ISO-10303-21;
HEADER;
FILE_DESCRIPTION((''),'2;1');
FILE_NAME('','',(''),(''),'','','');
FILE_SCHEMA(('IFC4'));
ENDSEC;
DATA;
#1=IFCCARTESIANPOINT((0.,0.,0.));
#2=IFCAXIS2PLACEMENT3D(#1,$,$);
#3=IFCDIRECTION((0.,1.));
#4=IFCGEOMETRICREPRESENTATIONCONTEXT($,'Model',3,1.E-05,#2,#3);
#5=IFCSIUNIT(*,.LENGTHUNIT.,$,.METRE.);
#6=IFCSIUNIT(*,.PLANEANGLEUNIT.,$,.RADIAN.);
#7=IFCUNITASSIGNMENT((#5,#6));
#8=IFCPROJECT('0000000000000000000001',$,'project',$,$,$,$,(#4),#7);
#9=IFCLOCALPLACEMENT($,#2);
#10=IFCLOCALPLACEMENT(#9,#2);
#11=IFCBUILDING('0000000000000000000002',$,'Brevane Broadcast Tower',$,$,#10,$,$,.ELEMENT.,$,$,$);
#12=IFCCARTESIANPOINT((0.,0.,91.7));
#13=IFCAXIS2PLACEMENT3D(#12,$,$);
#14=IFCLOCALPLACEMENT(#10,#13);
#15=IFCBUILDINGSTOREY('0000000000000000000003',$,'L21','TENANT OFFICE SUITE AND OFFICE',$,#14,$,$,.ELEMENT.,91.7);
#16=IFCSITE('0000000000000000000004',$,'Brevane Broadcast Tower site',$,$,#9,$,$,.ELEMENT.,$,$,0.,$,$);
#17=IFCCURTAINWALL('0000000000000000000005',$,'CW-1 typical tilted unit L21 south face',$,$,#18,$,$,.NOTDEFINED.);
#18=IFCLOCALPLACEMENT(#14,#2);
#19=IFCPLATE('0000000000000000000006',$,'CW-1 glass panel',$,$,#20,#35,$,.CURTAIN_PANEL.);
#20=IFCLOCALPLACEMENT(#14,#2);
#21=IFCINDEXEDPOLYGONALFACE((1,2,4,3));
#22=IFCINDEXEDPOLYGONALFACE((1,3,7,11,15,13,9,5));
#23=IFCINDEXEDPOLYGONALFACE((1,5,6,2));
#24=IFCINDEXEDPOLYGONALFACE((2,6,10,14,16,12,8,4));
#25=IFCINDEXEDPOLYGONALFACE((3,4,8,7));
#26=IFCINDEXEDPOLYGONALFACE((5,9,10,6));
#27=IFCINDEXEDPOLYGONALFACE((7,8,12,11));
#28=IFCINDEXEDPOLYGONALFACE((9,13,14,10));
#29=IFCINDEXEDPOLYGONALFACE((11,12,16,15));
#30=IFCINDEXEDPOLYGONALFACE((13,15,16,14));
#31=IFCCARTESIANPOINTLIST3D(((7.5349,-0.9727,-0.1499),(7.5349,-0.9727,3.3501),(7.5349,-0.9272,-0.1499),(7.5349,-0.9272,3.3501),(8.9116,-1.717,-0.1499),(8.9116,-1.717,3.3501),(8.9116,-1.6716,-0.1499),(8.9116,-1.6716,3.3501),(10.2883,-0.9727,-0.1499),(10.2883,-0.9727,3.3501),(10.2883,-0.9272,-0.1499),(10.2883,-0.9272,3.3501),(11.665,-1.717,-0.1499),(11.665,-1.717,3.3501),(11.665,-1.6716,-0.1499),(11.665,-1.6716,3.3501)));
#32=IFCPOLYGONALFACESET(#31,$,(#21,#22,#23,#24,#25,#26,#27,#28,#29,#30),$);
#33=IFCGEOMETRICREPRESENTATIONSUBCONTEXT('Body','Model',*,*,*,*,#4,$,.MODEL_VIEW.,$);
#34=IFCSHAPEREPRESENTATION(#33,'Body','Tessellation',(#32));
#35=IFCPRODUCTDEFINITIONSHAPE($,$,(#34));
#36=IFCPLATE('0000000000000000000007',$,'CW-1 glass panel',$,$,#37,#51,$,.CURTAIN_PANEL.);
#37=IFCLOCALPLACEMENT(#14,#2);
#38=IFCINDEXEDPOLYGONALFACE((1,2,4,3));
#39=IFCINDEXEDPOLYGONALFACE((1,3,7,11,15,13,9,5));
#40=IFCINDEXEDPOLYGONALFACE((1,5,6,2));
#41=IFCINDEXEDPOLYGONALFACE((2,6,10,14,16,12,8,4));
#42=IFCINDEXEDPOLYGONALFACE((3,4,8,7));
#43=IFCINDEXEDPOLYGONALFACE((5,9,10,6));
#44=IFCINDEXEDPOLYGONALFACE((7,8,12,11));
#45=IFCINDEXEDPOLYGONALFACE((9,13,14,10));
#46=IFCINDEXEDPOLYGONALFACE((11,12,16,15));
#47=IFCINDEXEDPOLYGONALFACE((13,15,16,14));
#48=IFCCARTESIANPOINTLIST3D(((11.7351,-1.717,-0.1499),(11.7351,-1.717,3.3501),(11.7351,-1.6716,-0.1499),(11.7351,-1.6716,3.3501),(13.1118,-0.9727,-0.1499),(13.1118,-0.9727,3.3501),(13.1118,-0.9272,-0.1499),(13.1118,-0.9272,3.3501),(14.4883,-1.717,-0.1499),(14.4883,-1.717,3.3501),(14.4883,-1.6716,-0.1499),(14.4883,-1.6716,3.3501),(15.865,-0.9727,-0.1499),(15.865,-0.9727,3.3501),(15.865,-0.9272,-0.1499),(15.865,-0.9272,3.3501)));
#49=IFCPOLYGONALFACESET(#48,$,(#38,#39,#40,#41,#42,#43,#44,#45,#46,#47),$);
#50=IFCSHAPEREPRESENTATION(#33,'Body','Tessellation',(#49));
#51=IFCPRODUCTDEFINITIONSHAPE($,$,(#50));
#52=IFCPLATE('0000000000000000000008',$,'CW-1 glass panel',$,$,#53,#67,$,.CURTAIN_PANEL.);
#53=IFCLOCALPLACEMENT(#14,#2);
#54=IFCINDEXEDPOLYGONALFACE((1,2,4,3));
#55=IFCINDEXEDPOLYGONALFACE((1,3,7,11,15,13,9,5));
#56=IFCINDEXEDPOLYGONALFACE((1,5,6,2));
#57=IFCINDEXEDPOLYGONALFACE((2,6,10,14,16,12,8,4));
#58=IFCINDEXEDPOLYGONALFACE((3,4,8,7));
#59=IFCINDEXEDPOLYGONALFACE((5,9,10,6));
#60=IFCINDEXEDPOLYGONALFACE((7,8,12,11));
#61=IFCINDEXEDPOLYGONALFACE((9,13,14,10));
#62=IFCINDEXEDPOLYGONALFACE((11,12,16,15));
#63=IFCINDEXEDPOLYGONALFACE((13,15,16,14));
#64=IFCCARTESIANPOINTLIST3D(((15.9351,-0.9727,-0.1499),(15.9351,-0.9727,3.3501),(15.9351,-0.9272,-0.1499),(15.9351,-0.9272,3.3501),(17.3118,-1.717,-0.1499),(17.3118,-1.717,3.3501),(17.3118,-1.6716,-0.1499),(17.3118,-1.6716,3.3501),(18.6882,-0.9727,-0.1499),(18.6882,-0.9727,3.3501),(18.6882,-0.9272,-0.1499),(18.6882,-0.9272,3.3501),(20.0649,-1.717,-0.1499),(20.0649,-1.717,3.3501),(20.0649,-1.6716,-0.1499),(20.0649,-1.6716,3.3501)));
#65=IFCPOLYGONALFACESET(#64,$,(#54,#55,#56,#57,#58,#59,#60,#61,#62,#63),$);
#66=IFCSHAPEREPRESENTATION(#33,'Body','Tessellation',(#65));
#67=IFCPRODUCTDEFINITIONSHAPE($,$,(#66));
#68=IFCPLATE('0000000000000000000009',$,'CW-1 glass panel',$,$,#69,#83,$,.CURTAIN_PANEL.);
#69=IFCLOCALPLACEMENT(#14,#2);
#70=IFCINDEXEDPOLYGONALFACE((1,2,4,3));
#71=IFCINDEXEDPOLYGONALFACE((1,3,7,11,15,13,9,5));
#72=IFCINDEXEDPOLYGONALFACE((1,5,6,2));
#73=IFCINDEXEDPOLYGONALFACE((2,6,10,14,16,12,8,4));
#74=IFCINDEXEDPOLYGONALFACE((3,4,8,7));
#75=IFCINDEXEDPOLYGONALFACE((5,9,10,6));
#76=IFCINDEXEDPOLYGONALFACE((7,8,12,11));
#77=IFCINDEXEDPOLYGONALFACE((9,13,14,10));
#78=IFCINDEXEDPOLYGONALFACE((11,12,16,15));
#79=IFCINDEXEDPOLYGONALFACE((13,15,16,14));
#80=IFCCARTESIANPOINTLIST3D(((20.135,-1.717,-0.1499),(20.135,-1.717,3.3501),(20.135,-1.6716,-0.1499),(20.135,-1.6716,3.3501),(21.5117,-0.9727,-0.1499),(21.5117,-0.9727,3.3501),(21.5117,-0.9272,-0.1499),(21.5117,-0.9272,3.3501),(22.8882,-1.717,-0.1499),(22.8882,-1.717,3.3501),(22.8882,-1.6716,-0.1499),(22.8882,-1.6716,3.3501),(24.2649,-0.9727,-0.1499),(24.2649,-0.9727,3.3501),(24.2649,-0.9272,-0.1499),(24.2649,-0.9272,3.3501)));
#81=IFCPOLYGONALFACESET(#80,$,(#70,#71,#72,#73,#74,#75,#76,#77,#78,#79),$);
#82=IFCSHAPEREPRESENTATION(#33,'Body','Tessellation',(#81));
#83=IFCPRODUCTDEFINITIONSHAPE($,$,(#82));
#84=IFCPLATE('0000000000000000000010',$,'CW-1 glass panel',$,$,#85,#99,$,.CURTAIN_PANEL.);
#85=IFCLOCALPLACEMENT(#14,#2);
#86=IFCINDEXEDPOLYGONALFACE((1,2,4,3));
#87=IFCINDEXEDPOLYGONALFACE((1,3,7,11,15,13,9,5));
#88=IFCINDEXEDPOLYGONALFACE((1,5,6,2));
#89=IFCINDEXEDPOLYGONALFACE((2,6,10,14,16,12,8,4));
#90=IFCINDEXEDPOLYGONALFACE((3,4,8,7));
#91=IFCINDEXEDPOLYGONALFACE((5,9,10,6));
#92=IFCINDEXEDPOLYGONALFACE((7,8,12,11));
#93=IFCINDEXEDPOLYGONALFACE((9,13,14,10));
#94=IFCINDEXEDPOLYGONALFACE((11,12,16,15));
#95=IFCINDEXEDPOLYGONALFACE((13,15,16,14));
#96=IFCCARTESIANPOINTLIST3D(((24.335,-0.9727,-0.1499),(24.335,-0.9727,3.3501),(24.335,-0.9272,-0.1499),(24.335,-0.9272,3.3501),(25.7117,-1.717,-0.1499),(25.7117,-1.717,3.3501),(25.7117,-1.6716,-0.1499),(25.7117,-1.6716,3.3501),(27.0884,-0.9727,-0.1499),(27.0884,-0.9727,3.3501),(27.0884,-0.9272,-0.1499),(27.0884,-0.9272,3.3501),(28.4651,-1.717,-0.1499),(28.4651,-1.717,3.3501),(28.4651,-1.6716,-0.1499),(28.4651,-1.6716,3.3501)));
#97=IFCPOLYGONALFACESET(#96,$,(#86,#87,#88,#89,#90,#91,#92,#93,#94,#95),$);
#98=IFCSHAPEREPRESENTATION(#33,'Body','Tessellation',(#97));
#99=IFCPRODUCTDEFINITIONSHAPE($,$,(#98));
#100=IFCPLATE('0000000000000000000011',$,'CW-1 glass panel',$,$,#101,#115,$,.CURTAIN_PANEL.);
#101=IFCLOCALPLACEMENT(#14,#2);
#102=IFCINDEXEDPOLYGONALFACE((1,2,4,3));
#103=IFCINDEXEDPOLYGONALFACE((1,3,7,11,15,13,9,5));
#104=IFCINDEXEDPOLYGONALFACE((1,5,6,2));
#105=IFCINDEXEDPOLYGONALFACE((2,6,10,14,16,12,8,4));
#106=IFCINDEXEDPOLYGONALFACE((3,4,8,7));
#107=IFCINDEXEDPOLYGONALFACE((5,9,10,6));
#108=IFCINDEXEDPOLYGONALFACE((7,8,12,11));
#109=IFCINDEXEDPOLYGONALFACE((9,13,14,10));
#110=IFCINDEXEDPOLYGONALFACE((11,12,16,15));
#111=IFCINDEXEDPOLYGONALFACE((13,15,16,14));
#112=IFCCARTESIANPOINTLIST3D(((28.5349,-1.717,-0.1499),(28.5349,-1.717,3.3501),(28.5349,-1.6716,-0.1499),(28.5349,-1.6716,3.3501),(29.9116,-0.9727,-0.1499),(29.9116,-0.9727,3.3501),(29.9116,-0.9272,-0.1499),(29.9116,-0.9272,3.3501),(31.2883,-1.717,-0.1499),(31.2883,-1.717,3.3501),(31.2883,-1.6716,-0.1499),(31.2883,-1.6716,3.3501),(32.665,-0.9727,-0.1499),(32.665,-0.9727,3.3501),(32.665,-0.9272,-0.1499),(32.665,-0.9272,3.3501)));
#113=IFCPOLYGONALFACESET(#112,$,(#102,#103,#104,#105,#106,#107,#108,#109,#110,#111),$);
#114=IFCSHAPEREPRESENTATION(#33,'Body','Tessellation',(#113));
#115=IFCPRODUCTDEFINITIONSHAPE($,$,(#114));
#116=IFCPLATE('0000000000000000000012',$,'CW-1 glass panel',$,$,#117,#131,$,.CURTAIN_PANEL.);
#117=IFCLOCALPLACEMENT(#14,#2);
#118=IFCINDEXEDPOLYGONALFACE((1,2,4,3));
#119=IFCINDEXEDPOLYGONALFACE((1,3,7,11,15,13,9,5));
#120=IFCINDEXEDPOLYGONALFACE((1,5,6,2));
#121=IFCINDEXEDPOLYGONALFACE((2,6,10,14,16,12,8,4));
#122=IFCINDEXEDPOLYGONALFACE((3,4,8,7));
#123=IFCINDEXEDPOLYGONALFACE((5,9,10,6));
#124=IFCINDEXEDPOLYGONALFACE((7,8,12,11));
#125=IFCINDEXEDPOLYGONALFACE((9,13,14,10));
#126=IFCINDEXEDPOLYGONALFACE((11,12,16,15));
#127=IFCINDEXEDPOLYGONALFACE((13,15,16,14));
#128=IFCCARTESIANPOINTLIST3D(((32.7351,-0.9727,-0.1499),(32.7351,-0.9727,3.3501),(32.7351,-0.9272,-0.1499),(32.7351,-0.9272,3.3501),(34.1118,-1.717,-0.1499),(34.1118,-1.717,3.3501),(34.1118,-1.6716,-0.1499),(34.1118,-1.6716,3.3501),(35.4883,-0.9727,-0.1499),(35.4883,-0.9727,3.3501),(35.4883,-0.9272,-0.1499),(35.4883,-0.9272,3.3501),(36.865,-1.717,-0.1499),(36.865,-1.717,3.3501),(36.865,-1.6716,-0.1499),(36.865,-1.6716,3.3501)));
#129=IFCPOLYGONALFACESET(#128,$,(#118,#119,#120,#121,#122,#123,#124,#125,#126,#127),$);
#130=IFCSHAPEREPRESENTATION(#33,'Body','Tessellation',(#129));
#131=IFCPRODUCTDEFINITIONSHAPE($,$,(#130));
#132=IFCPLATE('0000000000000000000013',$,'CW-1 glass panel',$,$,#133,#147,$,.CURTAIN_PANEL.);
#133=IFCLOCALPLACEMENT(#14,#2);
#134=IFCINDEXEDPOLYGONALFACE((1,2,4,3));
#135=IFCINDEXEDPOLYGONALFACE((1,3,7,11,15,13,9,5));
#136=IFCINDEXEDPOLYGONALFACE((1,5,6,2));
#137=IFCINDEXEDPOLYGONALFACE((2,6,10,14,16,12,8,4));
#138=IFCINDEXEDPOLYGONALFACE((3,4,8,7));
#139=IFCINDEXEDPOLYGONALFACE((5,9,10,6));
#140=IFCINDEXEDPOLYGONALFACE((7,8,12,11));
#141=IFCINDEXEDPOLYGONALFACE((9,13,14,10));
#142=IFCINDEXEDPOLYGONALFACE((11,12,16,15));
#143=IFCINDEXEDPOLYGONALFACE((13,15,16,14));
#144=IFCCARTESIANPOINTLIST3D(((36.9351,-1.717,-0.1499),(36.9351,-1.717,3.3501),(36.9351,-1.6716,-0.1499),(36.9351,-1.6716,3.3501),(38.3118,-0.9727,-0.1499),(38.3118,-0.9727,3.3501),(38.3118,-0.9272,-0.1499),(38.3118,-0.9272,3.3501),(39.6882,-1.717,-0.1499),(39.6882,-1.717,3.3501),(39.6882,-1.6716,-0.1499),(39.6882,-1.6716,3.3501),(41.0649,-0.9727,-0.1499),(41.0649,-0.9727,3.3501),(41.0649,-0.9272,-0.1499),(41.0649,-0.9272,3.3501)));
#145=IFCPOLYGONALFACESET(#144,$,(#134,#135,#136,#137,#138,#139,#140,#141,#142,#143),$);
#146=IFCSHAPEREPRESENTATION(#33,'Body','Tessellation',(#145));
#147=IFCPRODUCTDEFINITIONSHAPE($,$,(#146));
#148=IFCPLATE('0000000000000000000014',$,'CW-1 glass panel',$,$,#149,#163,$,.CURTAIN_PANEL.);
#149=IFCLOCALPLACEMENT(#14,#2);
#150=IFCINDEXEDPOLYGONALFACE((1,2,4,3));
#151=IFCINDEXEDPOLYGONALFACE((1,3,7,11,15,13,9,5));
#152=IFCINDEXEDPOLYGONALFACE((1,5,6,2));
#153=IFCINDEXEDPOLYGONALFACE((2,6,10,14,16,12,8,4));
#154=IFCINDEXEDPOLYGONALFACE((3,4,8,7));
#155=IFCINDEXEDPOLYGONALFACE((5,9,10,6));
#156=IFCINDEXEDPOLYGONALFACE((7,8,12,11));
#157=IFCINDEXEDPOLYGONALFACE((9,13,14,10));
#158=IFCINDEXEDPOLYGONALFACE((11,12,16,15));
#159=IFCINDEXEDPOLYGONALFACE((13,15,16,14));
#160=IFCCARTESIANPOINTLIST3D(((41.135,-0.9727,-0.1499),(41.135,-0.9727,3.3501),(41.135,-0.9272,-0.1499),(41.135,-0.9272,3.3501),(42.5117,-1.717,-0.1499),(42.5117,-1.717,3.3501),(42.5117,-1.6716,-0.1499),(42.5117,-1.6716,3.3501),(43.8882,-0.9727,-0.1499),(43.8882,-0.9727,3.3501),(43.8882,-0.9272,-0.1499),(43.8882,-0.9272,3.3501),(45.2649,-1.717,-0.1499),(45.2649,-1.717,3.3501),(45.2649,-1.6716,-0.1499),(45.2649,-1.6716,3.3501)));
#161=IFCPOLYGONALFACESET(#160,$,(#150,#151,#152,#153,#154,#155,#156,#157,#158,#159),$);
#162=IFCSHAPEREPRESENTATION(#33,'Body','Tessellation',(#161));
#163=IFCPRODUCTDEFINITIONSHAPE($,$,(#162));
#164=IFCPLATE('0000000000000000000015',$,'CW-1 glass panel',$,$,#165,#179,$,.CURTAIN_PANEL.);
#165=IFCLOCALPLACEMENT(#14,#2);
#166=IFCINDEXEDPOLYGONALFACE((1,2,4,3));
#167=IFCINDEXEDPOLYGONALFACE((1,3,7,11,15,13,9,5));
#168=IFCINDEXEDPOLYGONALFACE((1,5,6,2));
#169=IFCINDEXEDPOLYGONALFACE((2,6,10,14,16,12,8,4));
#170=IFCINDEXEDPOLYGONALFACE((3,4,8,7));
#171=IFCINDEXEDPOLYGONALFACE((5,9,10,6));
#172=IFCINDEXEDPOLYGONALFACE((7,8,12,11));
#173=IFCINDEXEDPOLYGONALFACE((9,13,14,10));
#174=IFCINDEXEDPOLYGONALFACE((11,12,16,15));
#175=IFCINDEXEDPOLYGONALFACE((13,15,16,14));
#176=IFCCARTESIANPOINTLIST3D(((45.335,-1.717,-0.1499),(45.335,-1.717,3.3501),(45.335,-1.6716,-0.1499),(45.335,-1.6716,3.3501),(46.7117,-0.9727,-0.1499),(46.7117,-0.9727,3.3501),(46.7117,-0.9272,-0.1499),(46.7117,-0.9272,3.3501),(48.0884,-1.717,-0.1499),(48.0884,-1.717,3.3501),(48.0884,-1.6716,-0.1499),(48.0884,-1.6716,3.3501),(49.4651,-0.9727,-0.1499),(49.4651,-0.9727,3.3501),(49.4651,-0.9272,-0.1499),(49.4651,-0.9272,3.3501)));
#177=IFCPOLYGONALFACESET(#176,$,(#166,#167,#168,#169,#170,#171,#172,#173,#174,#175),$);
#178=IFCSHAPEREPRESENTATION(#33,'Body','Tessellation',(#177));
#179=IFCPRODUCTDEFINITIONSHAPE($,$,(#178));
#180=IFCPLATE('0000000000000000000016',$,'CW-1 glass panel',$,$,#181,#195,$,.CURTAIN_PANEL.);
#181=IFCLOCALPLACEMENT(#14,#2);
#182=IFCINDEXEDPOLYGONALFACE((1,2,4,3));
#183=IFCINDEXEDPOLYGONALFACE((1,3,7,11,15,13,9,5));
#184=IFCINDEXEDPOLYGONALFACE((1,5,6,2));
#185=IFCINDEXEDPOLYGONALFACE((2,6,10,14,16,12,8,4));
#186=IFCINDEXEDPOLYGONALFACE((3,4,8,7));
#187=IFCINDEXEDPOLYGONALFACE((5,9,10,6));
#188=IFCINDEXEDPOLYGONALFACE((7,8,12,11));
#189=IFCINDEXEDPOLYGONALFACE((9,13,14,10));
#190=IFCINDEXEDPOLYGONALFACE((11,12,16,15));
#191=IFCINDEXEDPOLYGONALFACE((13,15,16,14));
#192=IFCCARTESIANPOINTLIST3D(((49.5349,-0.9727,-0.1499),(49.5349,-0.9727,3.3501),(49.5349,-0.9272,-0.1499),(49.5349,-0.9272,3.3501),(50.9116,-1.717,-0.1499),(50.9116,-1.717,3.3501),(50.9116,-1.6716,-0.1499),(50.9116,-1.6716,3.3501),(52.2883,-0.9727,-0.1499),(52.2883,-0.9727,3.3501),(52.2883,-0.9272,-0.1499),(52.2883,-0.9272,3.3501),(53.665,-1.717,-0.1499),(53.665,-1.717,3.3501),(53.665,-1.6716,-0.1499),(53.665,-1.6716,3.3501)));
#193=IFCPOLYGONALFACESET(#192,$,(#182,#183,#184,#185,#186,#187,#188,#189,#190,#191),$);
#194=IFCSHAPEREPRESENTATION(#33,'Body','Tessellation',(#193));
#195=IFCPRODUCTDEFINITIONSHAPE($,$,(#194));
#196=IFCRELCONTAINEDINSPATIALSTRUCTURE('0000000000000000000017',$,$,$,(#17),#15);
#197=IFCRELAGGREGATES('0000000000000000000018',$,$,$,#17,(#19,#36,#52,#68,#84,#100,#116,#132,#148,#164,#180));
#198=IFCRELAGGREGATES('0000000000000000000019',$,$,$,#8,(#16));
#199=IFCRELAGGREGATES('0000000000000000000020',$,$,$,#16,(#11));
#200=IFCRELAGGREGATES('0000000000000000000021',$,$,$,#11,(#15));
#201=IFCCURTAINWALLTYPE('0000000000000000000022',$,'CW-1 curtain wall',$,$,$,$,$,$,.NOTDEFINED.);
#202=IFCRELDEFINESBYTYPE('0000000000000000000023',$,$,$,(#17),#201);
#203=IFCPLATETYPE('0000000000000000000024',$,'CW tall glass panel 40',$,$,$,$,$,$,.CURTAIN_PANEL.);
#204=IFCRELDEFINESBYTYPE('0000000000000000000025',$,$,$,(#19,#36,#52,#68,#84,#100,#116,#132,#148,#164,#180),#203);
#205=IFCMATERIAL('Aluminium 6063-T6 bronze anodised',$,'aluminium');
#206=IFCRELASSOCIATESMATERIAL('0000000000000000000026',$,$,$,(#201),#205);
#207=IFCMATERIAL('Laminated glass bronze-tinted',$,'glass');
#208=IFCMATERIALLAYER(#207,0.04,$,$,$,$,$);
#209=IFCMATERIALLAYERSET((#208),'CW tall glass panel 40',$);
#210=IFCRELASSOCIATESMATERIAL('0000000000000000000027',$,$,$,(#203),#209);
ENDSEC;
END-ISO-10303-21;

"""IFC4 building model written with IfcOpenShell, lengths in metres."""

from ifc_helpers import new_model, si_unit, direction, frame, origin, place, context, subcontext, project, spatial, polyline, outline, extrude, material, layer, layer_set, type_object, element, aggregate, save


model = new_model("IFC4")

# Units and contexts
model_context = context("Model", 3, precision=1e-05, world=origin(), true_north=direction((0.0, 1.0)))
body_context = subcontext(model_context, "Body", "Model", "MODEL_VIEW")
ifc_project = project(units=[si_unit("LENGTHUNIT", "METRE"), si_unit("PLANEANGLEUNIT", "RADIAN")], contexts=[model_context])

# Site, building, storey
site_placement = place(None, origin())
site = spatial("IfcSite", under=ifc_project, at=site_placement, Name="Brevane Broadcast Tower site", CompositionType="ELEMENT", RefElevation=0.0)
building_placement = place(site_placement, origin())
building = spatial("IfcBuilding", under=site, at=building_placement, Name="Brevane Broadcast Tower", CompositionType="ELEMENT")
storey_placement = place(building_placement, frame((0.0, 0.0, 91.7)))
storey = spatial("IfcBuildingStorey", under=building, at=storey_placement, Name="L21", Description="TENANT OFFICE SUITE AND OFFICE", CompositionType="ELEMENT", Elevation=91.7)

# Curtain wall, plates
ifc_material_1 = material(Name="Aluminium 6063-T6 bronze anodised", Category="aluminium")
curtain_wall_type = type_object("IfcCurtainWallType", Name="CW-1 curtain wall", PredefinedType="NOTDEFINED", material=ifc_material_1)
curtain_wall_1_placement = place(storey_placement, origin())
curtain_wall_1 = element("IfcCurtainWall", 1, at=curtain_wall_1_placement, inside=storey, type_object=curtain_wall_type, Name="CW-1 typical tilted unit L21 south face", PredefinedType="NOTDEFINED")
ifc_material_2 = material(Name="Laminated glass bronze-tinted", Category="glass")
ifc_layer = layer(ifc_material_2, 0.04)
ifc_layer_set = layer_set([ifc_layer], Name="CW tall glass panel 40")
plate_type = type_object("IfcPlateType", Name="CW tall glass panel 40", PredefinedType="CURTAIN_PANEL", material=ifc_layer_set)
plate_1_placement = place(storey_placement, frame((0.0, 0.0, -0.1499)))
plate_1 = element("IfcPlate", 2, at=plate_1_placement, type_object=plate_type, Name="CW-1 glass panel", PredefinedType="CURTAIN_PANEL", context=body_context, shape_type="SweptSolid", body=[
    extrude(outline(polyline([(7.5349, -0.9272), (7.5349, -0.9727), (8.9116, -1.717), (10.2883, -0.9727), (11.665, -1.717), (11.665, -1.6716), (10.2883, -0.9272), (8.9116, -1.6716), (7.5349, -0.9272)])), origin(), (0.0, 0.0, 1.0), 3.5),
])
plate_2_placement = place(storey_placement, frame((0.0, 0.0, -0.1499)))
plate_2 = element("IfcPlate", 3, at=plate_2_placement, type_object=plate_type, Name="CW-1 glass panel", PredefinedType="CURTAIN_PANEL", context=body_context, shape_type="SweptSolid", body=[
    extrude(outline(polyline([(11.7351, -1.6716), (11.7351, -1.717), (13.1118, -0.9727), (14.4883, -1.717), (15.865, -0.9727), (15.865, -0.9272), (14.4883, -1.6716), (13.1118, -0.9272), (11.7351, -1.6716)])), origin(), (0.0, 0.0, 1.0), 3.5),
])
plate_3_placement = place(storey_placement, frame((0.0, 0.0, -0.1499)))
plate_3 = element("IfcPlate", 4, at=plate_3_placement, type_object=plate_type, Name="CW-1 glass panel", PredefinedType="CURTAIN_PANEL", context=body_context, shape_type="SweptSolid", body=[
    extrude(outline(polyline([(15.9351, -0.9272), (15.9351, -0.9727), (17.3118, -1.717), (18.6882, -0.9727), (20.0649, -1.717), (20.0649, -1.6716), (18.6882, -0.9272), (17.3118, -1.6716), (15.9351, -0.9272)])), origin(), (0.0, 0.0, 1.0), 3.5),
])
plate_4_placement = place(storey_placement, frame((0.0, 0.0, -0.1499)))
plate_4 = element("IfcPlate", 5, at=plate_4_placement, type_object=plate_type, Name="CW-1 glass panel", PredefinedType="CURTAIN_PANEL", context=body_context, shape_type="SweptSolid", body=[
    extrude(outline(polyline([(20.135, -1.6716), (20.135, -1.717), (21.5117, -0.9727), (22.8882, -1.717), (24.2649, -0.9727), (24.2649, -0.9272), (22.8882, -1.6716), (21.5117, -0.9272), (20.135, -1.6716)])), origin(), (0.0, 0.0, 1.0), 3.5),
])
plate_5_placement = place(storey_placement, frame((0.0, 0.0, -0.1499)))
plate_5 = element("IfcPlate", 6, at=plate_5_placement, type_object=plate_type, Name="CW-1 glass panel", PredefinedType="CURTAIN_PANEL", context=body_context, shape_type="SweptSolid", body=[
    extrude(outline(polyline([(24.335, -0.9272), (24.335, -0.9727), (25.7117, -1.717), (27.0884, -0.9727), (28.4651, -1.717), (28.4651, -1.6716), (27.0884, -0.9272), (25.7117, -1.6716), (24.335, -0.9272)])), origin(), (0.0, 0.0, 1.0), 3.5),
])
plate_6_placement = place(storey_placement, frame((0.0, 0.0, -0.1499)))
plate_6 = element("IfcPlate", 7, at=plate_6_placement, type_object=plate_type, Name="CW-1 glass panel", PredefinedType="CURTAIN_PANEL", context=body_context, shape_type="SweptSolid", body=[
    extrude(outline(polyline([(28.5349, -1.6716), (28.5349, -1.717), (29.9116, -0.9727), (31.2883, -1.717), (32.665, -0.9727), (32.665, -0.9272), (31.2883, -1.6716), (29.9116, -0.9272), (28.5349, -1.6716)])), origin(), (0.0, 0.0, 1.0), 3.5),
])
plate_7_placement = place(storey_placement, frame((0.0, 0.0, -0.1499)))
plate_7 = element("IfcPlate", 8, at=plate_7_placement, type_object=plate_type, Name="CW-1 glass panel", PredefinedType="CURTAIN_PANEL", context=body_context, shape_type="SweptSolid", body=[
    extrude(outline(polyline([(32.7351, -0.9272), (32.7351, -0.9727), (34.1118, -1.717), (35.4883, -0.9727), (36.865, -1.717), (36.865, -1.6716), (35.4883, -0.9272), (34.1118, -1.6716), (32.7351, -0.9272)])), origin(), (0.0, 0.0, 1.0), 3.5),
])
plate_8_placement = place(storey_placement, frame((0.0, 0.0, -0.1499)))
plate_8 = element("IfcPlate", 9, at=plate_8_placement, type_object=plate_type, Name="CW-1 glass panel", PredefinedType="CURTAIN_PANEL", context=body_context, shape_type="SweptSolid", body=[
    extrude(outline(polyline([(36.9351, -1.6716), (36.9351, -1.717), (38.3118, -0.9727), (39.6882, -1.717), (41.0649, -0.9727), (41.0649, -0.9272), (39.6882, -1.6716), (38.3118, -0.9272), (36.9351, -1.6716)])), origin(), (0.0, 0.0, 1.0), 3.5),
])
plate_9_placement = place(storey_placement, frame((0.0, 0.0, -0.1499)))
plate_9 = element("IfcPlate", 10, at=plate_9_placement, type_object=plate_type, Name="CW-1 glass panel", PredefinedType="CURTAIN_PANEL", context=body_context, shape_type="SweptSolid", body=[
    extrude(outline(polyline([(41.135, -0.9272), (41.135, -0.9727), (42.5117, -1.717), (43.8882, -0.9727), (45.2649, -1.717), (45.2649, -1.6716), (43.8882, -0.9272), (42.5117, -1.6716), (41.135, -0.9272)])), origin(), (0.0, 0.0, 1.0), 3.5),
])
plate_10_placement = place(storey_placement, frame((0.0, 0.0, -0.1499)))
plate_10 = element("IfcPlate", 11, at=plate_10_placement, type_object=plate_type, Name="CW-1 glass panel", PredefinedType="CURTAIN_PANEL", context=body_context, shape_type="SweptSolid", body=[
    extrude(outline(polyline([(45.335, -1.6716), (45.335, -1.717), (46.7117, -0.9727), (48.0884, -1.717), (49.4651, -0.9727), (49.4651, -0.9272), (48.0884, -1.6716), (46.7117, -0.9272), (45.335, -1.6716)])), origin(), (0.0, 0.0, 1.0), 3.5),
])
plate_11_placement = place(storey_placement, frame((0.0, 0.0, -0.1499)))
plate_11 = element("IfcPlate", 12, at=plate_11_placement, type_object=plate_type, Name="CW-1 glass panel", PredefinedType="CURTAIN_PANEL", context=body_context, shape_type="SweptSolid", body=[
    extrude(outline(polyline([(49.5349, -0.9272), (49.5349, -0.9727), (50.9116, -1.717), (52.2883, -0.9727), (53.665, -1.717), (53.665, -1.6716), (52.2883, -0.9272), (50.9116, -1.6716), (49.5349, -0.9272)])), origin(), (0.0, 0.0, 1.0), 3.5),
])
aggregate(curtain_wall_1, [plate_1, plate_2, plate_3, plate_4, plate_5, plate_6, plate_7, plate_8, plate_9, plate_10, plate_11])

save(model, "model.ifc")
